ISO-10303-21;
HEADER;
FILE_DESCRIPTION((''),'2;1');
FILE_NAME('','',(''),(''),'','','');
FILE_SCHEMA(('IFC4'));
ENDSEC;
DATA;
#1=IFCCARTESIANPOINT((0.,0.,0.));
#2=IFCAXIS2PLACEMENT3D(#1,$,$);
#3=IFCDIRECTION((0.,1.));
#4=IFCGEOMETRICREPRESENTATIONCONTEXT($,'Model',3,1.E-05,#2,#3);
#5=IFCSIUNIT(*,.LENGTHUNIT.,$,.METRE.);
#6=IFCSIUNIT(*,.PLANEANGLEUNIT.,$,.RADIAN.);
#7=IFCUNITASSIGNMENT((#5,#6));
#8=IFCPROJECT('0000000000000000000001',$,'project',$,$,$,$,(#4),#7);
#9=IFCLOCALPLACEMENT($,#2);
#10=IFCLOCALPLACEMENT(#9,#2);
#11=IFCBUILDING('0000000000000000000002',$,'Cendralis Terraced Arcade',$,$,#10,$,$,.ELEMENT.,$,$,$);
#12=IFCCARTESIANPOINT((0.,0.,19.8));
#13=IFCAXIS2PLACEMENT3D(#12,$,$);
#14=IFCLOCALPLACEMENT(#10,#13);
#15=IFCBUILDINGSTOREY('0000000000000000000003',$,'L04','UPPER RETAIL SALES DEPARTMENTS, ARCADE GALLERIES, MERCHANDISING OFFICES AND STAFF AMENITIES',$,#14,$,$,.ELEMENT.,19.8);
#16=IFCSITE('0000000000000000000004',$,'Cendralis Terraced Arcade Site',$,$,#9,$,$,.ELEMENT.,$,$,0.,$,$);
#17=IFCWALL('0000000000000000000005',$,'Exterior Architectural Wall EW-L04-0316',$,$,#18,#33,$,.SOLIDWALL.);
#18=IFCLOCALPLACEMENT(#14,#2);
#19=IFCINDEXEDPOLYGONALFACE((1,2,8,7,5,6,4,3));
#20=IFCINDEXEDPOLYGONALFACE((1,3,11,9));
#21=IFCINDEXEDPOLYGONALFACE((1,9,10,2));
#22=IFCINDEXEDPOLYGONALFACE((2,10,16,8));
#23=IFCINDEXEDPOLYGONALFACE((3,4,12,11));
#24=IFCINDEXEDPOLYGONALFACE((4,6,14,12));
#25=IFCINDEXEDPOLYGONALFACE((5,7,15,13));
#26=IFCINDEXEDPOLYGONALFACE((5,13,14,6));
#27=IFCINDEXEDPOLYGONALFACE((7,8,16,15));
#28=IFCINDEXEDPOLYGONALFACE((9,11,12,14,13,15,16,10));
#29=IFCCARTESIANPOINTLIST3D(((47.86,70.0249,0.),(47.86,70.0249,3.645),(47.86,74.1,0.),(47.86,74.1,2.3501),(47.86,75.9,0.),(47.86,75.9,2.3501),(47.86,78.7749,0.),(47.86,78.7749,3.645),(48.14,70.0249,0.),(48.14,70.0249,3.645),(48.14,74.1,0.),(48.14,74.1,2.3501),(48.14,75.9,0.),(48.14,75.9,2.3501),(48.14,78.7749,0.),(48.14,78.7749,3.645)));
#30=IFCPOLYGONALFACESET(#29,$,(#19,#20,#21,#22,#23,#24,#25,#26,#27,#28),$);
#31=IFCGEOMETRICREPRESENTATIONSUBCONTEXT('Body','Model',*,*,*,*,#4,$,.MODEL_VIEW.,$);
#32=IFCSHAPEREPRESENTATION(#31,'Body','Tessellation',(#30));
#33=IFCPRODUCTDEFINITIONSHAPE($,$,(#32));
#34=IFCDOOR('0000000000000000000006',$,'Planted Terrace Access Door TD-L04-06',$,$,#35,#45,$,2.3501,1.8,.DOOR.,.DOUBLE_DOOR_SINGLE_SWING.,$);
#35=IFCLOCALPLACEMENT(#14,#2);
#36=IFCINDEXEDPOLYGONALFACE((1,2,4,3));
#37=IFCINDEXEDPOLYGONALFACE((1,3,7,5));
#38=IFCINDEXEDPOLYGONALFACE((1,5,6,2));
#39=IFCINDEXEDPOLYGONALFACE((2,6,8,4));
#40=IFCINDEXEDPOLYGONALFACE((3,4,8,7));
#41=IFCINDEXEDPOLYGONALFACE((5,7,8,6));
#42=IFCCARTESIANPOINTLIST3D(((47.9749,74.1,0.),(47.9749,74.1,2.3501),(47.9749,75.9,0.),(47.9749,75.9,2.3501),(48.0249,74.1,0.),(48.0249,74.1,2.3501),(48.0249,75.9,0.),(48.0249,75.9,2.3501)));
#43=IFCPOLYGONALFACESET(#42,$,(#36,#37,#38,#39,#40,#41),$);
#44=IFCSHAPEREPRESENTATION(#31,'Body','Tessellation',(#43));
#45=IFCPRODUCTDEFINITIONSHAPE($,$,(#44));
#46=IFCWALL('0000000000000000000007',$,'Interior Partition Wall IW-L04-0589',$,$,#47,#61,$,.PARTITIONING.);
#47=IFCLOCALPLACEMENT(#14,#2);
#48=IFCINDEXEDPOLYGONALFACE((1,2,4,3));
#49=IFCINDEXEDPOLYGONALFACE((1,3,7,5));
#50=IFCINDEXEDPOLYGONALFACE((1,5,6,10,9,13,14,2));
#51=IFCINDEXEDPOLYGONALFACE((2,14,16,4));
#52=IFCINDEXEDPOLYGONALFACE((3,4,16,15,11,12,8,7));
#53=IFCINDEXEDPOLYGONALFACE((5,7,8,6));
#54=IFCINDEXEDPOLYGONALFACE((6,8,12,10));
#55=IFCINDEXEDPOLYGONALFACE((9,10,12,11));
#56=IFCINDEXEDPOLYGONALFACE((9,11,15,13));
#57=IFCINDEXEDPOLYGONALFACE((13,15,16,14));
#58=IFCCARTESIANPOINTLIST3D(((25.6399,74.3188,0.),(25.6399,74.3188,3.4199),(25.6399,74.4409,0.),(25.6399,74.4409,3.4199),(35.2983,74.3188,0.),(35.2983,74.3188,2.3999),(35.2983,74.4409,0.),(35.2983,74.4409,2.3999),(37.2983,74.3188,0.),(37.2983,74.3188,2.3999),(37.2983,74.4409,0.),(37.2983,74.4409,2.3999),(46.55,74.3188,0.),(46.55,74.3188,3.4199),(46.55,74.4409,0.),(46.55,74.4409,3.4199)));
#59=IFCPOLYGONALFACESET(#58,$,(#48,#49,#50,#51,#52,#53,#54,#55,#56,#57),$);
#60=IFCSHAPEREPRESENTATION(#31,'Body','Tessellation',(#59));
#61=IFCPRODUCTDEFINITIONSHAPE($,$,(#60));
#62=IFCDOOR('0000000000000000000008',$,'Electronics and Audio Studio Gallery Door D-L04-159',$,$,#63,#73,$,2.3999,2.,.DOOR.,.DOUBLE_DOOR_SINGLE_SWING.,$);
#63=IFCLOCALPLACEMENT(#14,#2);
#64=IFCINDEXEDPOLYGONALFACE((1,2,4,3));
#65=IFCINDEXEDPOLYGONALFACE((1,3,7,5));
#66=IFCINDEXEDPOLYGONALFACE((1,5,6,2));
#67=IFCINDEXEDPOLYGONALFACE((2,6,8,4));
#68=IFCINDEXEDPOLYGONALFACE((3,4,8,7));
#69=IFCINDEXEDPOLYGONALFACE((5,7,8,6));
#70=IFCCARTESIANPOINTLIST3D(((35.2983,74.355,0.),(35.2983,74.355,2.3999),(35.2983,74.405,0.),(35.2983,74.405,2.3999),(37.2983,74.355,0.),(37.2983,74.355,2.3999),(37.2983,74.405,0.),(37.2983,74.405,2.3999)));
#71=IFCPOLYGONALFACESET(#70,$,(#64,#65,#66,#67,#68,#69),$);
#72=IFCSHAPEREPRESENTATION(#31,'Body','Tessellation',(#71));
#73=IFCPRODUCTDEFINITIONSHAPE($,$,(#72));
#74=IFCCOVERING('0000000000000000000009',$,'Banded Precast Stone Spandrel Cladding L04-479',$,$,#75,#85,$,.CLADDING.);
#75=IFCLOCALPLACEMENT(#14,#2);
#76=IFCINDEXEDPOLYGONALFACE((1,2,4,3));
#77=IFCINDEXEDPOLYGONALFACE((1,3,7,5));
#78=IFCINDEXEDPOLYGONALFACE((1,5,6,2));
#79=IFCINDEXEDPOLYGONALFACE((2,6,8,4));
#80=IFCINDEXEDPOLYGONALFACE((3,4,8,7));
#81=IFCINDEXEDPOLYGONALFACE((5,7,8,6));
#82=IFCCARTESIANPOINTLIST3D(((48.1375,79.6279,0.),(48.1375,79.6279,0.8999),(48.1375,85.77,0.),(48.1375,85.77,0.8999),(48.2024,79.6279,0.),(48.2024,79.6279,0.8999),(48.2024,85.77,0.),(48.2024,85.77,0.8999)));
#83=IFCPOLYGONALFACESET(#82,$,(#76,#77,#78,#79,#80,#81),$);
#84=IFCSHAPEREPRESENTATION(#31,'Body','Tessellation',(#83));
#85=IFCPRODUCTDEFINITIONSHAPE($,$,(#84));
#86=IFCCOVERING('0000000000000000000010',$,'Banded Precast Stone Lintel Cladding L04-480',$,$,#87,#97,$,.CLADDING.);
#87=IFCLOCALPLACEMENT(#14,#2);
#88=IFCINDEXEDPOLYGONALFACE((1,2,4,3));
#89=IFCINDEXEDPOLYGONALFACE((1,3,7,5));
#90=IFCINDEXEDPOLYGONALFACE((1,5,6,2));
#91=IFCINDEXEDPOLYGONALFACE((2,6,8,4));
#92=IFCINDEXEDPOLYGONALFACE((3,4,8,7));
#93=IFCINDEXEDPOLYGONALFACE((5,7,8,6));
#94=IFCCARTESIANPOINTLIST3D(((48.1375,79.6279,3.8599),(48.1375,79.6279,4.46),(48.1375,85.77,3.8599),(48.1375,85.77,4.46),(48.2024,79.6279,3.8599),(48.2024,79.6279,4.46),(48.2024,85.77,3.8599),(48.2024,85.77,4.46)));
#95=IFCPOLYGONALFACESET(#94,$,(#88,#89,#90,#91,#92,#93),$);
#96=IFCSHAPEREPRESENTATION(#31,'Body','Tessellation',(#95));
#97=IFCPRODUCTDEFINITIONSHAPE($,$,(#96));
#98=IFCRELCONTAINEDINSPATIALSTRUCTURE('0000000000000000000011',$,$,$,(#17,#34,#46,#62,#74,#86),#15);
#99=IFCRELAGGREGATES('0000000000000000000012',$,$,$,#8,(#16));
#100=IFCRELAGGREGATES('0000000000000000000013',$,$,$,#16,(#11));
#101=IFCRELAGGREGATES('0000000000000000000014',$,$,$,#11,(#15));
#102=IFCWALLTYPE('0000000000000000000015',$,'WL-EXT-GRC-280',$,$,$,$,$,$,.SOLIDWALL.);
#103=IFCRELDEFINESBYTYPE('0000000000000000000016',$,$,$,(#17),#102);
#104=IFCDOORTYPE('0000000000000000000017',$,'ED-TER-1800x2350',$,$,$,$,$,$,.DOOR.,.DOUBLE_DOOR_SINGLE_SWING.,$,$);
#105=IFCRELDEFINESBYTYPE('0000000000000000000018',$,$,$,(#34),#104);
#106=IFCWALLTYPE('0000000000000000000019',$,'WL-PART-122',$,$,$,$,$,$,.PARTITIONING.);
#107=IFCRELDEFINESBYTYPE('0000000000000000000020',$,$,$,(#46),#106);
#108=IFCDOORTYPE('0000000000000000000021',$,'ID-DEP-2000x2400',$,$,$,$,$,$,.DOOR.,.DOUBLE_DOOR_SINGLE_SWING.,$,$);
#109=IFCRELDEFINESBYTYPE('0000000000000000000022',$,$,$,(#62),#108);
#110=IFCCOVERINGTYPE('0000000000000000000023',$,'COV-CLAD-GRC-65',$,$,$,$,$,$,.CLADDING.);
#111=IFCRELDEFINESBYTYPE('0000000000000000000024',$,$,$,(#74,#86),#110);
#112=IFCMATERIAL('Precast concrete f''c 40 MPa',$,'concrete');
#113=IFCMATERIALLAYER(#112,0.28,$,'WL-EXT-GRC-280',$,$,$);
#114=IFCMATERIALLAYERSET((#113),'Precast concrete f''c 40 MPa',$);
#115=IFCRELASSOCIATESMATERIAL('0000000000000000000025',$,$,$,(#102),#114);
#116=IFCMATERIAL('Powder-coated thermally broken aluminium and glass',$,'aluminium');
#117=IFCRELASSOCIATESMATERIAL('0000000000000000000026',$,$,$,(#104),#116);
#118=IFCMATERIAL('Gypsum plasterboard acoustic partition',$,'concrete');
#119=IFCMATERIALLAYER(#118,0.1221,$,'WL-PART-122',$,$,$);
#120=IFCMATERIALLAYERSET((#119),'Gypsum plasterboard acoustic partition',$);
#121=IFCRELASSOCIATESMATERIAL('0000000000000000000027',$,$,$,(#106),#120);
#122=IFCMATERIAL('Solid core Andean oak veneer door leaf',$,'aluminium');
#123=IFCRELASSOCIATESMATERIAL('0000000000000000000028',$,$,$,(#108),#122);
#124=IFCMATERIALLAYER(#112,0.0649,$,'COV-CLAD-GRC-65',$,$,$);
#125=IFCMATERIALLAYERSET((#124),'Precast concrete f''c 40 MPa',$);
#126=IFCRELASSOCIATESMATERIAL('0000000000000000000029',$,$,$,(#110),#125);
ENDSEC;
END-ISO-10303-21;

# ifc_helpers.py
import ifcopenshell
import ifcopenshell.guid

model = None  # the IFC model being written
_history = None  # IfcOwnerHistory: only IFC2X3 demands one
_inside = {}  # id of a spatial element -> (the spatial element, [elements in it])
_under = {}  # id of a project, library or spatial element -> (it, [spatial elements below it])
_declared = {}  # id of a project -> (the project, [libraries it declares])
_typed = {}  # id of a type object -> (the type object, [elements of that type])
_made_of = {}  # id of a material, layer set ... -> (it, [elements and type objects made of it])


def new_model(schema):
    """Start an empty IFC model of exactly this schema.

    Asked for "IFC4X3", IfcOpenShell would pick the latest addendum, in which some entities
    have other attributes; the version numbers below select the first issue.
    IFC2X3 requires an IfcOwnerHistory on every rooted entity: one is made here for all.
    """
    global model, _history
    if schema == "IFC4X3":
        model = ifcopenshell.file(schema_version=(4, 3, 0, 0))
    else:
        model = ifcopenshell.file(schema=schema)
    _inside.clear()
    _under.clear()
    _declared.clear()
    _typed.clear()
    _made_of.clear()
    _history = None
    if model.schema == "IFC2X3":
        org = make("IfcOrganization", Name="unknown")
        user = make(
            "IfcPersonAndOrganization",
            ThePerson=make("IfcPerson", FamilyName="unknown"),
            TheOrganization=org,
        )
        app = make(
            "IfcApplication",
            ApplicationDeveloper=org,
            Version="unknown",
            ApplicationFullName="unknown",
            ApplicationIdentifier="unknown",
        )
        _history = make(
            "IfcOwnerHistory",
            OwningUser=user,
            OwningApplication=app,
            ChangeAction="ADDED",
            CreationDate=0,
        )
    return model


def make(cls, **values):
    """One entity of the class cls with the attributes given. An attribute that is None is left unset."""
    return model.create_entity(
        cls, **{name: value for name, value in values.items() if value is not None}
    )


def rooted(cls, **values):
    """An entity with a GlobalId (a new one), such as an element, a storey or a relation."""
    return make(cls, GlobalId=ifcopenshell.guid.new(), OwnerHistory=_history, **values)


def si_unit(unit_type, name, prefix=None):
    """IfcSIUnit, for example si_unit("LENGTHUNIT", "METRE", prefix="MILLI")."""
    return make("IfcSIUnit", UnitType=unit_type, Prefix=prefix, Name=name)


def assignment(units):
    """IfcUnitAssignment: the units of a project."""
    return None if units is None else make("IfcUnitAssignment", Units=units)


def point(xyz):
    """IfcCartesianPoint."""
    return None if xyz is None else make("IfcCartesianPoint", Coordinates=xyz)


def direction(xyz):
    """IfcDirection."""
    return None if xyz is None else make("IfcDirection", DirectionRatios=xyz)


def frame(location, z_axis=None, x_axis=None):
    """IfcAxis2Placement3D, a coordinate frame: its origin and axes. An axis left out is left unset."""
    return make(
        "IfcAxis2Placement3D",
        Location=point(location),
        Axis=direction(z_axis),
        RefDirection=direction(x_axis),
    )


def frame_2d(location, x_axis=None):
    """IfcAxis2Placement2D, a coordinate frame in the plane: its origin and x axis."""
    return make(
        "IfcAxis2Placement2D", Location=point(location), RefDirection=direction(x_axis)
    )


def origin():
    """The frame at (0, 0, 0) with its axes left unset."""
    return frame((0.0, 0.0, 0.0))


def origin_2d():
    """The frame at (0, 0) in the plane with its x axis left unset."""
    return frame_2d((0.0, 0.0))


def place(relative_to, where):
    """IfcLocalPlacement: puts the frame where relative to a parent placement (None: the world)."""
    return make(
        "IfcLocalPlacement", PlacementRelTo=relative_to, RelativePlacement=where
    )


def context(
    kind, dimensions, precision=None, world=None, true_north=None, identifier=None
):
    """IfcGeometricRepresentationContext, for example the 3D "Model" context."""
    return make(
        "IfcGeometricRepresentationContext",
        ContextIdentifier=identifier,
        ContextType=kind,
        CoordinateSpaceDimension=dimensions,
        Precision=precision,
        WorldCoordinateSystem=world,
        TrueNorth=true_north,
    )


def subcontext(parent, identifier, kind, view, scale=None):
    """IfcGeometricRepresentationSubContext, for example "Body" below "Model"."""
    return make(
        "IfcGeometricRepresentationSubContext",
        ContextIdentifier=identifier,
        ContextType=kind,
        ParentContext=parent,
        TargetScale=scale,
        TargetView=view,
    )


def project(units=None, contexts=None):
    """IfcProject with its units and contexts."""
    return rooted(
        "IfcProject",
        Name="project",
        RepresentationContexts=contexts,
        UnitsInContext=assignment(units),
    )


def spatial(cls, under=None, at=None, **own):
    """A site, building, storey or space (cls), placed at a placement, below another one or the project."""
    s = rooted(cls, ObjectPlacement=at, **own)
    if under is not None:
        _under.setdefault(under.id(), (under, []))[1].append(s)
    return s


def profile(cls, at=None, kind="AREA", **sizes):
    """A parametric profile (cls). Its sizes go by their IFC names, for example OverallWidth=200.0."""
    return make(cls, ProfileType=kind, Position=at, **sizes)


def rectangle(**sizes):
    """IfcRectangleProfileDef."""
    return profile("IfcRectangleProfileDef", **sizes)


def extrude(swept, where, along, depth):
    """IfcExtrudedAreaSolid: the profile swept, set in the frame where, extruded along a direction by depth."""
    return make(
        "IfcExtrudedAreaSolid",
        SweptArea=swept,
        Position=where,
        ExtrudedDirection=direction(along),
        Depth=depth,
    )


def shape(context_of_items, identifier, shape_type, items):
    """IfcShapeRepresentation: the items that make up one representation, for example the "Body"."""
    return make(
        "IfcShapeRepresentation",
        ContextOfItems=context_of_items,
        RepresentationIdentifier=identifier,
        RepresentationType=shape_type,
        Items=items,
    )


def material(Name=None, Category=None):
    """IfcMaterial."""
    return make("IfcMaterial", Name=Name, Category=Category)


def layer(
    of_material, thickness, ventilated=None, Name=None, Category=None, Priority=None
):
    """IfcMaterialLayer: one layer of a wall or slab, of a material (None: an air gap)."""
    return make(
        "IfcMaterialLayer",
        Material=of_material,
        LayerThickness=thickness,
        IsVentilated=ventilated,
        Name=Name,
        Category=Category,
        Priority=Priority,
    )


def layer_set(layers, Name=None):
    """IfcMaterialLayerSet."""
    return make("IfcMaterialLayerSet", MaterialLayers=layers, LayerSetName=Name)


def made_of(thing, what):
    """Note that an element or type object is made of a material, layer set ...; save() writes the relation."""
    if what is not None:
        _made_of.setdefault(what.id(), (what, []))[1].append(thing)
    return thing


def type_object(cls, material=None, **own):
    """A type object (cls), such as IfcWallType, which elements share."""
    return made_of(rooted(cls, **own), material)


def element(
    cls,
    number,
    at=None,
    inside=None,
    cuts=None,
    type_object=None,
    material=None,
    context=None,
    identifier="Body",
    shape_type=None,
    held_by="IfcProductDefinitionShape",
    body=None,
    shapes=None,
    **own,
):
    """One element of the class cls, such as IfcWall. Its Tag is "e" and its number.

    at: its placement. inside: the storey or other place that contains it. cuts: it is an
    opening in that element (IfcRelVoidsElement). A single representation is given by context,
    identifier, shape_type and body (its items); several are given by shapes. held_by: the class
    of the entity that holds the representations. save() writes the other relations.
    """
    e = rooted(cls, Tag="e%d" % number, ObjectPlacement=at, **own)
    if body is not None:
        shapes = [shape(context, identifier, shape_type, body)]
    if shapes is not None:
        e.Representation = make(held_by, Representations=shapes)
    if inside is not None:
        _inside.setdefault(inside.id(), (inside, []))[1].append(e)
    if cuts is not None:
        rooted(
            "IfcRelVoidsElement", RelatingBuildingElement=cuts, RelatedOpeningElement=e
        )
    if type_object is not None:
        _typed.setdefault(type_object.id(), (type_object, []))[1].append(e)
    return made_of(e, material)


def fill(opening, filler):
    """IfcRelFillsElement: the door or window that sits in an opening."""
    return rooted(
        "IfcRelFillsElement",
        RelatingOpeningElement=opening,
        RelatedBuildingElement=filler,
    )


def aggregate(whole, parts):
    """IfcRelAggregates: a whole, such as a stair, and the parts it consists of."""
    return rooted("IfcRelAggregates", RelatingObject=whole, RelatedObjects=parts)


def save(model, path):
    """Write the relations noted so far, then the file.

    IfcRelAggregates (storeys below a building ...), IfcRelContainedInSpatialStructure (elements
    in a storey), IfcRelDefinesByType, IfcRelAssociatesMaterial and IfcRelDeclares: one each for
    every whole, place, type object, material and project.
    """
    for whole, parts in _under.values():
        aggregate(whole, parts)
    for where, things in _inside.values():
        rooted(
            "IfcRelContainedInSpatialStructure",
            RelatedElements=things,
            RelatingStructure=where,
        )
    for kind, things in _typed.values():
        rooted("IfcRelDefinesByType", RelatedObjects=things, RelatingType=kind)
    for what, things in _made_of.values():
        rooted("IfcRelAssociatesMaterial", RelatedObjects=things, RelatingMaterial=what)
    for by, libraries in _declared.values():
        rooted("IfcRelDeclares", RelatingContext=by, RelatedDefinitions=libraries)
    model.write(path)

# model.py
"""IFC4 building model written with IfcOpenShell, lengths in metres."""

from ifc_helpers import new_model, si_unit, direction, frame, frame_2d, origin, origin_2d, place, context, subcontext, project, spatial, rectangle, extrude, material, layer, layer_set, type_object, element, fill, save


model = new_model("IFC4")

# Units and contexts
model_context = context("Model", 3, precision=1e-05, world=origin(), true_north=direction((0.0, 1.0)))
body_context = subcontext(model_context, "Body", "Model", "MODEL_VIEW")
ifc_project = project(units=[si_unit("LENGTHUNIT", "METRE"), si_unit("PLANEANGLEUNIT", "RADIAN")], contexts=[model_context])

# Site, building, storey
site_placement = place(None, origin())
site = spatial("IfcSite", under=ifc_project, at=site_placement, Name="Cendralis Terraced Arcade Site", CompositionType="ELEMENT", RefElevation=0.0)
building_placement = place(site_placement, origin())
building = spatial("IfcBuilding", under=site, at=building_placement, Name="Cendralis Terraced Arcade", CompositionType="ELEMENT")
storey_placement = place(building_placement, frame((0.0, 0.0, 19.8)))
storey = spatial("IfcBuildingStorey", under=building, at=storey_placement, Name="L04", Description="UPPER RETAIL SALES DEPARTMENTS, ARCADE GALLERIES, MERCHANDISING OFFICES AND STAFF AMENITIES", CompositionType="ELEMENT", Elevation=19.8)

# Shared definitions
ifc_material_1 = material(Name="Precast concrete f'c 40 MPa", Category="concrete")
ifc_layer_1 = layer(ifc_material_1, 0.28, Name="WL-EXT-GRC-280")
ifc_layer_set_1 = layer_set([ifc_layer_1], Name="Precast concrete f'c 40 MPa")
wall_type_1 = type_object("IfcWallType", Name="WL-EXT-GRC-280", PredefinedType="SOLIDWALL", material=ifc_layer_set_1)

# Walls, openings, doors
wall_1_placement = place(storey_placement, frame((48.0, 78.7749, 0.0), z_axis=(0.0, 0.0, 1.0), x_axis=(0.0, -1.0, 0.0)))
wall_1 = element("IfcWall", 1, at=wall_1_placement, inside=storey, type_object=wall_type_1, Name="Exterior Architectural Wall EW-L04-0316", PredefinedType="SOLIDWALL", context=body_context, shape_type="SweptSolid", body=[
    extrude(rectangle(XDim=8.75, YDim=0.28, at=frame_2d((4.375, 0.0))), origin(), (0.0, 0.0, 1.0), 3.645),
])
opening_1_placement = place(wall_1_placement, frame((2.875, 0.0, 0.0)))
opening_1 = element("IfcOpeningElement", 2, at=opening_1_placement, cuts=wall_1, PredefinedType="OPENING", context=body_context, shape_type="SweptSolid", body=[
    extrude(rectangle(XDim=1.8, YDim=2.3501, at=frame_2d((0.8999, 1.175))), frame((0.0, 0.1519, 0.0), z_axis=(0.0, -1.0, 0.0), x_axis=(1.0, 0.0, 0.0)), (0.0, 0.0, 1.0), 0.304),
])
ifc_material_2 = material(Name="Powder-coated thermally broken aluminium and glass", Category="aluminium")
door_type_1 = type_object("IfcDoorType", Name="ED-TER-1800x2350", OperationType="DOUBLE_DOOR_SINGLE_SWING", PredefinedType="DOOR", material=ifc_material_2)
door_1_placement = place(opening_1_placement, origin())
door_1 = element("IfcDoor", 3, at=door_1_placement, inside=storey, type_object=door_type_1, Name="Planted Terrace Access Door TD-L04-06", OperationType="DOUBLE_DOOR_SINGLE_SWING", OverallHeight=2.3501, OverallWidth=1.8, PredefinedType="DOOR", context=body_context, shape_type="SweptSolid", body=[
    extrude(rectangle(XDim=1.8, YDim=2.3501, at=frame_2d((0.8999, 1.175))), frame((0.0, 0.0249, 0.0), z_axis=(0.0, -1.0, 0.0), x_axis=(1.0, 0.0, 0.0)), (0.0, 0.0, 1.0), 0.05),
])
fill(opening_1, door_1)
ifc_material_3 = material(Name="Gypsum plasterboard acoustic partition", Category="concrete")
ifc_layer_2 = layer(ifc_material_3, 0.1221, Name="WL-PART-122")
ifc_layer_set_2 = layer_set([ifc_layer_2], Name="Gypsum plasterboard acoustic partition")
wall_type_2 = type_object("IfcWallType", Name="WL-PART-122", PredefinedType="PARTITIONING", material=ifc_layer_set_2)
wall_2_placement = place(storey_placement, frame((46.55, 74.3799, 0.0), z_axis=(0.0, 0.0, 1.0), x_axis=(-1.0, 0.0, 0.0)))
wall_2 = element("IfcWall", 4, at=wall_2_placement, inside=storey, type_object=wall_type_2, Name="Interior Partition Wall IW-L04-0589", PredefinedType="PARTITIONING", context=body_context, shape_type="SweptSolid", body=[
    extrude(rectangle(XDim=20.9102, YDim=0.1221, at=frame_2d((10.4551, 0.0))), origin(), (0.0, 0.0, 1.0), 3.4199),
])
opening_2_placement = place(wall_2_placement, frame((9.2517, 0.0, 0.0)))
opening_2 = element("IfcOpeningElement", 5, at=opening_2_placement, cuts=wall_2, PredefinedType="OPENING", context=body_context, shape_type="SweptSolid", body=[
    extrude(rectangle(XDim=2.0, YDim=2.3999, at=frame_2d((1.0, 1.2))), frame((0.0, 0.073, 0.0), z_axis=(0.0, -1.0, 0.0), x_axis=(1.0, 0.0, 0.0)), (0.0, 0.0, 1.0), 0.146),
])
ifc_material_4 = material(Name="Solid core Andean oak veneer door leaf", Category="aluminium")
door_type_2 = type_object("IfcDoorType", Name="ID-DEP-2000x2400", OperationType="DOUBLE_DOOR_SINGLE_SWING", PredefinedType="DOOR", material=ifc_material_4)
door_2_placement = place(opening_2_placement, origin())
door_2 = element("IfcDoor", 6, at=door_2_placement, inside=storey, type_object=door_type_2, Name="Electronics and Audio Studio Gallery Door D-L04-159", OperationType="DOUBLE_DOOR_SINGLE_SWING", OverallHeight=2.3999, OverallWidth=2.0, PredefinedType="DOOR", context=body_context, shape_type="SweptSolid", body=[
    extrude(rectangle(XDim=2.0, YDim=2.3999, at=frame_2d((1.0, 1.2))), frame((0.0, 0.0249, 0.0), z_axis=(0.0, -1.0, 0.0), x_axis=(1.0, 0.0, 0.0)), (0.0, 0.0, 1.0), 0.05),
])
fill(opening_2, door_2)

# Coverings
ifc_layer_3 = layer(ifc_material_1, 0.0649, Name="COV-CLAD-GRC-65")
ifc_layer_set_3 = layer_set([ifc_layer_3], Name="Precast concrete f'c 40 MPa")
covering_type = type_object("IfcCoveringType", Name="COV-CLAD-GRC-65", PredefinedType="CLADDING", material=ifc_layer_set_3)
covering_1_placement = place(storey_placement, frame((48.1699, 82.699, 0.0), z_axis=(0.0, 0.0, 1.0), x_axis=(0.0, -1.0, 0.0)))
element("IfcCovering", 7, at=covering_1_placement, inside=storey, type_object=covering_type, Name="Banded Precast Stone Spandrel Cladding L04-479", PredefinedType="CLADDING", context=body_context, shape_type="SweptSolid", body=[
    extrude(rectangle(XDim=6.1421, YDim=0.0649, at=origin_2d()), origin(), (0.0, 0.0, 1.0), 0.8999),
])
covering_2_placement = place(storey_placement, frame((48.1699, 82.699, 3.8599), z_axis=(0.0, 0.0, 1.0), x_axis=(0.0, -1.0, 0.0)))
element("IfcCovering", 8, at=covering_2_placement, inside=storey, type_object=covering_type, Name="Banded Precast Stone Lintel Cladding L04-480", PredefinedType="CLADDING", context=body_context, shape_type="SweptSolid", body=[
    extrude(rectangle(XDim=6.1421, YDim=0.0649, at=origin_2d()), origin(), (0.0, 0.0, 1.0), 0.6001),
])

save(model, "model.ifc")
